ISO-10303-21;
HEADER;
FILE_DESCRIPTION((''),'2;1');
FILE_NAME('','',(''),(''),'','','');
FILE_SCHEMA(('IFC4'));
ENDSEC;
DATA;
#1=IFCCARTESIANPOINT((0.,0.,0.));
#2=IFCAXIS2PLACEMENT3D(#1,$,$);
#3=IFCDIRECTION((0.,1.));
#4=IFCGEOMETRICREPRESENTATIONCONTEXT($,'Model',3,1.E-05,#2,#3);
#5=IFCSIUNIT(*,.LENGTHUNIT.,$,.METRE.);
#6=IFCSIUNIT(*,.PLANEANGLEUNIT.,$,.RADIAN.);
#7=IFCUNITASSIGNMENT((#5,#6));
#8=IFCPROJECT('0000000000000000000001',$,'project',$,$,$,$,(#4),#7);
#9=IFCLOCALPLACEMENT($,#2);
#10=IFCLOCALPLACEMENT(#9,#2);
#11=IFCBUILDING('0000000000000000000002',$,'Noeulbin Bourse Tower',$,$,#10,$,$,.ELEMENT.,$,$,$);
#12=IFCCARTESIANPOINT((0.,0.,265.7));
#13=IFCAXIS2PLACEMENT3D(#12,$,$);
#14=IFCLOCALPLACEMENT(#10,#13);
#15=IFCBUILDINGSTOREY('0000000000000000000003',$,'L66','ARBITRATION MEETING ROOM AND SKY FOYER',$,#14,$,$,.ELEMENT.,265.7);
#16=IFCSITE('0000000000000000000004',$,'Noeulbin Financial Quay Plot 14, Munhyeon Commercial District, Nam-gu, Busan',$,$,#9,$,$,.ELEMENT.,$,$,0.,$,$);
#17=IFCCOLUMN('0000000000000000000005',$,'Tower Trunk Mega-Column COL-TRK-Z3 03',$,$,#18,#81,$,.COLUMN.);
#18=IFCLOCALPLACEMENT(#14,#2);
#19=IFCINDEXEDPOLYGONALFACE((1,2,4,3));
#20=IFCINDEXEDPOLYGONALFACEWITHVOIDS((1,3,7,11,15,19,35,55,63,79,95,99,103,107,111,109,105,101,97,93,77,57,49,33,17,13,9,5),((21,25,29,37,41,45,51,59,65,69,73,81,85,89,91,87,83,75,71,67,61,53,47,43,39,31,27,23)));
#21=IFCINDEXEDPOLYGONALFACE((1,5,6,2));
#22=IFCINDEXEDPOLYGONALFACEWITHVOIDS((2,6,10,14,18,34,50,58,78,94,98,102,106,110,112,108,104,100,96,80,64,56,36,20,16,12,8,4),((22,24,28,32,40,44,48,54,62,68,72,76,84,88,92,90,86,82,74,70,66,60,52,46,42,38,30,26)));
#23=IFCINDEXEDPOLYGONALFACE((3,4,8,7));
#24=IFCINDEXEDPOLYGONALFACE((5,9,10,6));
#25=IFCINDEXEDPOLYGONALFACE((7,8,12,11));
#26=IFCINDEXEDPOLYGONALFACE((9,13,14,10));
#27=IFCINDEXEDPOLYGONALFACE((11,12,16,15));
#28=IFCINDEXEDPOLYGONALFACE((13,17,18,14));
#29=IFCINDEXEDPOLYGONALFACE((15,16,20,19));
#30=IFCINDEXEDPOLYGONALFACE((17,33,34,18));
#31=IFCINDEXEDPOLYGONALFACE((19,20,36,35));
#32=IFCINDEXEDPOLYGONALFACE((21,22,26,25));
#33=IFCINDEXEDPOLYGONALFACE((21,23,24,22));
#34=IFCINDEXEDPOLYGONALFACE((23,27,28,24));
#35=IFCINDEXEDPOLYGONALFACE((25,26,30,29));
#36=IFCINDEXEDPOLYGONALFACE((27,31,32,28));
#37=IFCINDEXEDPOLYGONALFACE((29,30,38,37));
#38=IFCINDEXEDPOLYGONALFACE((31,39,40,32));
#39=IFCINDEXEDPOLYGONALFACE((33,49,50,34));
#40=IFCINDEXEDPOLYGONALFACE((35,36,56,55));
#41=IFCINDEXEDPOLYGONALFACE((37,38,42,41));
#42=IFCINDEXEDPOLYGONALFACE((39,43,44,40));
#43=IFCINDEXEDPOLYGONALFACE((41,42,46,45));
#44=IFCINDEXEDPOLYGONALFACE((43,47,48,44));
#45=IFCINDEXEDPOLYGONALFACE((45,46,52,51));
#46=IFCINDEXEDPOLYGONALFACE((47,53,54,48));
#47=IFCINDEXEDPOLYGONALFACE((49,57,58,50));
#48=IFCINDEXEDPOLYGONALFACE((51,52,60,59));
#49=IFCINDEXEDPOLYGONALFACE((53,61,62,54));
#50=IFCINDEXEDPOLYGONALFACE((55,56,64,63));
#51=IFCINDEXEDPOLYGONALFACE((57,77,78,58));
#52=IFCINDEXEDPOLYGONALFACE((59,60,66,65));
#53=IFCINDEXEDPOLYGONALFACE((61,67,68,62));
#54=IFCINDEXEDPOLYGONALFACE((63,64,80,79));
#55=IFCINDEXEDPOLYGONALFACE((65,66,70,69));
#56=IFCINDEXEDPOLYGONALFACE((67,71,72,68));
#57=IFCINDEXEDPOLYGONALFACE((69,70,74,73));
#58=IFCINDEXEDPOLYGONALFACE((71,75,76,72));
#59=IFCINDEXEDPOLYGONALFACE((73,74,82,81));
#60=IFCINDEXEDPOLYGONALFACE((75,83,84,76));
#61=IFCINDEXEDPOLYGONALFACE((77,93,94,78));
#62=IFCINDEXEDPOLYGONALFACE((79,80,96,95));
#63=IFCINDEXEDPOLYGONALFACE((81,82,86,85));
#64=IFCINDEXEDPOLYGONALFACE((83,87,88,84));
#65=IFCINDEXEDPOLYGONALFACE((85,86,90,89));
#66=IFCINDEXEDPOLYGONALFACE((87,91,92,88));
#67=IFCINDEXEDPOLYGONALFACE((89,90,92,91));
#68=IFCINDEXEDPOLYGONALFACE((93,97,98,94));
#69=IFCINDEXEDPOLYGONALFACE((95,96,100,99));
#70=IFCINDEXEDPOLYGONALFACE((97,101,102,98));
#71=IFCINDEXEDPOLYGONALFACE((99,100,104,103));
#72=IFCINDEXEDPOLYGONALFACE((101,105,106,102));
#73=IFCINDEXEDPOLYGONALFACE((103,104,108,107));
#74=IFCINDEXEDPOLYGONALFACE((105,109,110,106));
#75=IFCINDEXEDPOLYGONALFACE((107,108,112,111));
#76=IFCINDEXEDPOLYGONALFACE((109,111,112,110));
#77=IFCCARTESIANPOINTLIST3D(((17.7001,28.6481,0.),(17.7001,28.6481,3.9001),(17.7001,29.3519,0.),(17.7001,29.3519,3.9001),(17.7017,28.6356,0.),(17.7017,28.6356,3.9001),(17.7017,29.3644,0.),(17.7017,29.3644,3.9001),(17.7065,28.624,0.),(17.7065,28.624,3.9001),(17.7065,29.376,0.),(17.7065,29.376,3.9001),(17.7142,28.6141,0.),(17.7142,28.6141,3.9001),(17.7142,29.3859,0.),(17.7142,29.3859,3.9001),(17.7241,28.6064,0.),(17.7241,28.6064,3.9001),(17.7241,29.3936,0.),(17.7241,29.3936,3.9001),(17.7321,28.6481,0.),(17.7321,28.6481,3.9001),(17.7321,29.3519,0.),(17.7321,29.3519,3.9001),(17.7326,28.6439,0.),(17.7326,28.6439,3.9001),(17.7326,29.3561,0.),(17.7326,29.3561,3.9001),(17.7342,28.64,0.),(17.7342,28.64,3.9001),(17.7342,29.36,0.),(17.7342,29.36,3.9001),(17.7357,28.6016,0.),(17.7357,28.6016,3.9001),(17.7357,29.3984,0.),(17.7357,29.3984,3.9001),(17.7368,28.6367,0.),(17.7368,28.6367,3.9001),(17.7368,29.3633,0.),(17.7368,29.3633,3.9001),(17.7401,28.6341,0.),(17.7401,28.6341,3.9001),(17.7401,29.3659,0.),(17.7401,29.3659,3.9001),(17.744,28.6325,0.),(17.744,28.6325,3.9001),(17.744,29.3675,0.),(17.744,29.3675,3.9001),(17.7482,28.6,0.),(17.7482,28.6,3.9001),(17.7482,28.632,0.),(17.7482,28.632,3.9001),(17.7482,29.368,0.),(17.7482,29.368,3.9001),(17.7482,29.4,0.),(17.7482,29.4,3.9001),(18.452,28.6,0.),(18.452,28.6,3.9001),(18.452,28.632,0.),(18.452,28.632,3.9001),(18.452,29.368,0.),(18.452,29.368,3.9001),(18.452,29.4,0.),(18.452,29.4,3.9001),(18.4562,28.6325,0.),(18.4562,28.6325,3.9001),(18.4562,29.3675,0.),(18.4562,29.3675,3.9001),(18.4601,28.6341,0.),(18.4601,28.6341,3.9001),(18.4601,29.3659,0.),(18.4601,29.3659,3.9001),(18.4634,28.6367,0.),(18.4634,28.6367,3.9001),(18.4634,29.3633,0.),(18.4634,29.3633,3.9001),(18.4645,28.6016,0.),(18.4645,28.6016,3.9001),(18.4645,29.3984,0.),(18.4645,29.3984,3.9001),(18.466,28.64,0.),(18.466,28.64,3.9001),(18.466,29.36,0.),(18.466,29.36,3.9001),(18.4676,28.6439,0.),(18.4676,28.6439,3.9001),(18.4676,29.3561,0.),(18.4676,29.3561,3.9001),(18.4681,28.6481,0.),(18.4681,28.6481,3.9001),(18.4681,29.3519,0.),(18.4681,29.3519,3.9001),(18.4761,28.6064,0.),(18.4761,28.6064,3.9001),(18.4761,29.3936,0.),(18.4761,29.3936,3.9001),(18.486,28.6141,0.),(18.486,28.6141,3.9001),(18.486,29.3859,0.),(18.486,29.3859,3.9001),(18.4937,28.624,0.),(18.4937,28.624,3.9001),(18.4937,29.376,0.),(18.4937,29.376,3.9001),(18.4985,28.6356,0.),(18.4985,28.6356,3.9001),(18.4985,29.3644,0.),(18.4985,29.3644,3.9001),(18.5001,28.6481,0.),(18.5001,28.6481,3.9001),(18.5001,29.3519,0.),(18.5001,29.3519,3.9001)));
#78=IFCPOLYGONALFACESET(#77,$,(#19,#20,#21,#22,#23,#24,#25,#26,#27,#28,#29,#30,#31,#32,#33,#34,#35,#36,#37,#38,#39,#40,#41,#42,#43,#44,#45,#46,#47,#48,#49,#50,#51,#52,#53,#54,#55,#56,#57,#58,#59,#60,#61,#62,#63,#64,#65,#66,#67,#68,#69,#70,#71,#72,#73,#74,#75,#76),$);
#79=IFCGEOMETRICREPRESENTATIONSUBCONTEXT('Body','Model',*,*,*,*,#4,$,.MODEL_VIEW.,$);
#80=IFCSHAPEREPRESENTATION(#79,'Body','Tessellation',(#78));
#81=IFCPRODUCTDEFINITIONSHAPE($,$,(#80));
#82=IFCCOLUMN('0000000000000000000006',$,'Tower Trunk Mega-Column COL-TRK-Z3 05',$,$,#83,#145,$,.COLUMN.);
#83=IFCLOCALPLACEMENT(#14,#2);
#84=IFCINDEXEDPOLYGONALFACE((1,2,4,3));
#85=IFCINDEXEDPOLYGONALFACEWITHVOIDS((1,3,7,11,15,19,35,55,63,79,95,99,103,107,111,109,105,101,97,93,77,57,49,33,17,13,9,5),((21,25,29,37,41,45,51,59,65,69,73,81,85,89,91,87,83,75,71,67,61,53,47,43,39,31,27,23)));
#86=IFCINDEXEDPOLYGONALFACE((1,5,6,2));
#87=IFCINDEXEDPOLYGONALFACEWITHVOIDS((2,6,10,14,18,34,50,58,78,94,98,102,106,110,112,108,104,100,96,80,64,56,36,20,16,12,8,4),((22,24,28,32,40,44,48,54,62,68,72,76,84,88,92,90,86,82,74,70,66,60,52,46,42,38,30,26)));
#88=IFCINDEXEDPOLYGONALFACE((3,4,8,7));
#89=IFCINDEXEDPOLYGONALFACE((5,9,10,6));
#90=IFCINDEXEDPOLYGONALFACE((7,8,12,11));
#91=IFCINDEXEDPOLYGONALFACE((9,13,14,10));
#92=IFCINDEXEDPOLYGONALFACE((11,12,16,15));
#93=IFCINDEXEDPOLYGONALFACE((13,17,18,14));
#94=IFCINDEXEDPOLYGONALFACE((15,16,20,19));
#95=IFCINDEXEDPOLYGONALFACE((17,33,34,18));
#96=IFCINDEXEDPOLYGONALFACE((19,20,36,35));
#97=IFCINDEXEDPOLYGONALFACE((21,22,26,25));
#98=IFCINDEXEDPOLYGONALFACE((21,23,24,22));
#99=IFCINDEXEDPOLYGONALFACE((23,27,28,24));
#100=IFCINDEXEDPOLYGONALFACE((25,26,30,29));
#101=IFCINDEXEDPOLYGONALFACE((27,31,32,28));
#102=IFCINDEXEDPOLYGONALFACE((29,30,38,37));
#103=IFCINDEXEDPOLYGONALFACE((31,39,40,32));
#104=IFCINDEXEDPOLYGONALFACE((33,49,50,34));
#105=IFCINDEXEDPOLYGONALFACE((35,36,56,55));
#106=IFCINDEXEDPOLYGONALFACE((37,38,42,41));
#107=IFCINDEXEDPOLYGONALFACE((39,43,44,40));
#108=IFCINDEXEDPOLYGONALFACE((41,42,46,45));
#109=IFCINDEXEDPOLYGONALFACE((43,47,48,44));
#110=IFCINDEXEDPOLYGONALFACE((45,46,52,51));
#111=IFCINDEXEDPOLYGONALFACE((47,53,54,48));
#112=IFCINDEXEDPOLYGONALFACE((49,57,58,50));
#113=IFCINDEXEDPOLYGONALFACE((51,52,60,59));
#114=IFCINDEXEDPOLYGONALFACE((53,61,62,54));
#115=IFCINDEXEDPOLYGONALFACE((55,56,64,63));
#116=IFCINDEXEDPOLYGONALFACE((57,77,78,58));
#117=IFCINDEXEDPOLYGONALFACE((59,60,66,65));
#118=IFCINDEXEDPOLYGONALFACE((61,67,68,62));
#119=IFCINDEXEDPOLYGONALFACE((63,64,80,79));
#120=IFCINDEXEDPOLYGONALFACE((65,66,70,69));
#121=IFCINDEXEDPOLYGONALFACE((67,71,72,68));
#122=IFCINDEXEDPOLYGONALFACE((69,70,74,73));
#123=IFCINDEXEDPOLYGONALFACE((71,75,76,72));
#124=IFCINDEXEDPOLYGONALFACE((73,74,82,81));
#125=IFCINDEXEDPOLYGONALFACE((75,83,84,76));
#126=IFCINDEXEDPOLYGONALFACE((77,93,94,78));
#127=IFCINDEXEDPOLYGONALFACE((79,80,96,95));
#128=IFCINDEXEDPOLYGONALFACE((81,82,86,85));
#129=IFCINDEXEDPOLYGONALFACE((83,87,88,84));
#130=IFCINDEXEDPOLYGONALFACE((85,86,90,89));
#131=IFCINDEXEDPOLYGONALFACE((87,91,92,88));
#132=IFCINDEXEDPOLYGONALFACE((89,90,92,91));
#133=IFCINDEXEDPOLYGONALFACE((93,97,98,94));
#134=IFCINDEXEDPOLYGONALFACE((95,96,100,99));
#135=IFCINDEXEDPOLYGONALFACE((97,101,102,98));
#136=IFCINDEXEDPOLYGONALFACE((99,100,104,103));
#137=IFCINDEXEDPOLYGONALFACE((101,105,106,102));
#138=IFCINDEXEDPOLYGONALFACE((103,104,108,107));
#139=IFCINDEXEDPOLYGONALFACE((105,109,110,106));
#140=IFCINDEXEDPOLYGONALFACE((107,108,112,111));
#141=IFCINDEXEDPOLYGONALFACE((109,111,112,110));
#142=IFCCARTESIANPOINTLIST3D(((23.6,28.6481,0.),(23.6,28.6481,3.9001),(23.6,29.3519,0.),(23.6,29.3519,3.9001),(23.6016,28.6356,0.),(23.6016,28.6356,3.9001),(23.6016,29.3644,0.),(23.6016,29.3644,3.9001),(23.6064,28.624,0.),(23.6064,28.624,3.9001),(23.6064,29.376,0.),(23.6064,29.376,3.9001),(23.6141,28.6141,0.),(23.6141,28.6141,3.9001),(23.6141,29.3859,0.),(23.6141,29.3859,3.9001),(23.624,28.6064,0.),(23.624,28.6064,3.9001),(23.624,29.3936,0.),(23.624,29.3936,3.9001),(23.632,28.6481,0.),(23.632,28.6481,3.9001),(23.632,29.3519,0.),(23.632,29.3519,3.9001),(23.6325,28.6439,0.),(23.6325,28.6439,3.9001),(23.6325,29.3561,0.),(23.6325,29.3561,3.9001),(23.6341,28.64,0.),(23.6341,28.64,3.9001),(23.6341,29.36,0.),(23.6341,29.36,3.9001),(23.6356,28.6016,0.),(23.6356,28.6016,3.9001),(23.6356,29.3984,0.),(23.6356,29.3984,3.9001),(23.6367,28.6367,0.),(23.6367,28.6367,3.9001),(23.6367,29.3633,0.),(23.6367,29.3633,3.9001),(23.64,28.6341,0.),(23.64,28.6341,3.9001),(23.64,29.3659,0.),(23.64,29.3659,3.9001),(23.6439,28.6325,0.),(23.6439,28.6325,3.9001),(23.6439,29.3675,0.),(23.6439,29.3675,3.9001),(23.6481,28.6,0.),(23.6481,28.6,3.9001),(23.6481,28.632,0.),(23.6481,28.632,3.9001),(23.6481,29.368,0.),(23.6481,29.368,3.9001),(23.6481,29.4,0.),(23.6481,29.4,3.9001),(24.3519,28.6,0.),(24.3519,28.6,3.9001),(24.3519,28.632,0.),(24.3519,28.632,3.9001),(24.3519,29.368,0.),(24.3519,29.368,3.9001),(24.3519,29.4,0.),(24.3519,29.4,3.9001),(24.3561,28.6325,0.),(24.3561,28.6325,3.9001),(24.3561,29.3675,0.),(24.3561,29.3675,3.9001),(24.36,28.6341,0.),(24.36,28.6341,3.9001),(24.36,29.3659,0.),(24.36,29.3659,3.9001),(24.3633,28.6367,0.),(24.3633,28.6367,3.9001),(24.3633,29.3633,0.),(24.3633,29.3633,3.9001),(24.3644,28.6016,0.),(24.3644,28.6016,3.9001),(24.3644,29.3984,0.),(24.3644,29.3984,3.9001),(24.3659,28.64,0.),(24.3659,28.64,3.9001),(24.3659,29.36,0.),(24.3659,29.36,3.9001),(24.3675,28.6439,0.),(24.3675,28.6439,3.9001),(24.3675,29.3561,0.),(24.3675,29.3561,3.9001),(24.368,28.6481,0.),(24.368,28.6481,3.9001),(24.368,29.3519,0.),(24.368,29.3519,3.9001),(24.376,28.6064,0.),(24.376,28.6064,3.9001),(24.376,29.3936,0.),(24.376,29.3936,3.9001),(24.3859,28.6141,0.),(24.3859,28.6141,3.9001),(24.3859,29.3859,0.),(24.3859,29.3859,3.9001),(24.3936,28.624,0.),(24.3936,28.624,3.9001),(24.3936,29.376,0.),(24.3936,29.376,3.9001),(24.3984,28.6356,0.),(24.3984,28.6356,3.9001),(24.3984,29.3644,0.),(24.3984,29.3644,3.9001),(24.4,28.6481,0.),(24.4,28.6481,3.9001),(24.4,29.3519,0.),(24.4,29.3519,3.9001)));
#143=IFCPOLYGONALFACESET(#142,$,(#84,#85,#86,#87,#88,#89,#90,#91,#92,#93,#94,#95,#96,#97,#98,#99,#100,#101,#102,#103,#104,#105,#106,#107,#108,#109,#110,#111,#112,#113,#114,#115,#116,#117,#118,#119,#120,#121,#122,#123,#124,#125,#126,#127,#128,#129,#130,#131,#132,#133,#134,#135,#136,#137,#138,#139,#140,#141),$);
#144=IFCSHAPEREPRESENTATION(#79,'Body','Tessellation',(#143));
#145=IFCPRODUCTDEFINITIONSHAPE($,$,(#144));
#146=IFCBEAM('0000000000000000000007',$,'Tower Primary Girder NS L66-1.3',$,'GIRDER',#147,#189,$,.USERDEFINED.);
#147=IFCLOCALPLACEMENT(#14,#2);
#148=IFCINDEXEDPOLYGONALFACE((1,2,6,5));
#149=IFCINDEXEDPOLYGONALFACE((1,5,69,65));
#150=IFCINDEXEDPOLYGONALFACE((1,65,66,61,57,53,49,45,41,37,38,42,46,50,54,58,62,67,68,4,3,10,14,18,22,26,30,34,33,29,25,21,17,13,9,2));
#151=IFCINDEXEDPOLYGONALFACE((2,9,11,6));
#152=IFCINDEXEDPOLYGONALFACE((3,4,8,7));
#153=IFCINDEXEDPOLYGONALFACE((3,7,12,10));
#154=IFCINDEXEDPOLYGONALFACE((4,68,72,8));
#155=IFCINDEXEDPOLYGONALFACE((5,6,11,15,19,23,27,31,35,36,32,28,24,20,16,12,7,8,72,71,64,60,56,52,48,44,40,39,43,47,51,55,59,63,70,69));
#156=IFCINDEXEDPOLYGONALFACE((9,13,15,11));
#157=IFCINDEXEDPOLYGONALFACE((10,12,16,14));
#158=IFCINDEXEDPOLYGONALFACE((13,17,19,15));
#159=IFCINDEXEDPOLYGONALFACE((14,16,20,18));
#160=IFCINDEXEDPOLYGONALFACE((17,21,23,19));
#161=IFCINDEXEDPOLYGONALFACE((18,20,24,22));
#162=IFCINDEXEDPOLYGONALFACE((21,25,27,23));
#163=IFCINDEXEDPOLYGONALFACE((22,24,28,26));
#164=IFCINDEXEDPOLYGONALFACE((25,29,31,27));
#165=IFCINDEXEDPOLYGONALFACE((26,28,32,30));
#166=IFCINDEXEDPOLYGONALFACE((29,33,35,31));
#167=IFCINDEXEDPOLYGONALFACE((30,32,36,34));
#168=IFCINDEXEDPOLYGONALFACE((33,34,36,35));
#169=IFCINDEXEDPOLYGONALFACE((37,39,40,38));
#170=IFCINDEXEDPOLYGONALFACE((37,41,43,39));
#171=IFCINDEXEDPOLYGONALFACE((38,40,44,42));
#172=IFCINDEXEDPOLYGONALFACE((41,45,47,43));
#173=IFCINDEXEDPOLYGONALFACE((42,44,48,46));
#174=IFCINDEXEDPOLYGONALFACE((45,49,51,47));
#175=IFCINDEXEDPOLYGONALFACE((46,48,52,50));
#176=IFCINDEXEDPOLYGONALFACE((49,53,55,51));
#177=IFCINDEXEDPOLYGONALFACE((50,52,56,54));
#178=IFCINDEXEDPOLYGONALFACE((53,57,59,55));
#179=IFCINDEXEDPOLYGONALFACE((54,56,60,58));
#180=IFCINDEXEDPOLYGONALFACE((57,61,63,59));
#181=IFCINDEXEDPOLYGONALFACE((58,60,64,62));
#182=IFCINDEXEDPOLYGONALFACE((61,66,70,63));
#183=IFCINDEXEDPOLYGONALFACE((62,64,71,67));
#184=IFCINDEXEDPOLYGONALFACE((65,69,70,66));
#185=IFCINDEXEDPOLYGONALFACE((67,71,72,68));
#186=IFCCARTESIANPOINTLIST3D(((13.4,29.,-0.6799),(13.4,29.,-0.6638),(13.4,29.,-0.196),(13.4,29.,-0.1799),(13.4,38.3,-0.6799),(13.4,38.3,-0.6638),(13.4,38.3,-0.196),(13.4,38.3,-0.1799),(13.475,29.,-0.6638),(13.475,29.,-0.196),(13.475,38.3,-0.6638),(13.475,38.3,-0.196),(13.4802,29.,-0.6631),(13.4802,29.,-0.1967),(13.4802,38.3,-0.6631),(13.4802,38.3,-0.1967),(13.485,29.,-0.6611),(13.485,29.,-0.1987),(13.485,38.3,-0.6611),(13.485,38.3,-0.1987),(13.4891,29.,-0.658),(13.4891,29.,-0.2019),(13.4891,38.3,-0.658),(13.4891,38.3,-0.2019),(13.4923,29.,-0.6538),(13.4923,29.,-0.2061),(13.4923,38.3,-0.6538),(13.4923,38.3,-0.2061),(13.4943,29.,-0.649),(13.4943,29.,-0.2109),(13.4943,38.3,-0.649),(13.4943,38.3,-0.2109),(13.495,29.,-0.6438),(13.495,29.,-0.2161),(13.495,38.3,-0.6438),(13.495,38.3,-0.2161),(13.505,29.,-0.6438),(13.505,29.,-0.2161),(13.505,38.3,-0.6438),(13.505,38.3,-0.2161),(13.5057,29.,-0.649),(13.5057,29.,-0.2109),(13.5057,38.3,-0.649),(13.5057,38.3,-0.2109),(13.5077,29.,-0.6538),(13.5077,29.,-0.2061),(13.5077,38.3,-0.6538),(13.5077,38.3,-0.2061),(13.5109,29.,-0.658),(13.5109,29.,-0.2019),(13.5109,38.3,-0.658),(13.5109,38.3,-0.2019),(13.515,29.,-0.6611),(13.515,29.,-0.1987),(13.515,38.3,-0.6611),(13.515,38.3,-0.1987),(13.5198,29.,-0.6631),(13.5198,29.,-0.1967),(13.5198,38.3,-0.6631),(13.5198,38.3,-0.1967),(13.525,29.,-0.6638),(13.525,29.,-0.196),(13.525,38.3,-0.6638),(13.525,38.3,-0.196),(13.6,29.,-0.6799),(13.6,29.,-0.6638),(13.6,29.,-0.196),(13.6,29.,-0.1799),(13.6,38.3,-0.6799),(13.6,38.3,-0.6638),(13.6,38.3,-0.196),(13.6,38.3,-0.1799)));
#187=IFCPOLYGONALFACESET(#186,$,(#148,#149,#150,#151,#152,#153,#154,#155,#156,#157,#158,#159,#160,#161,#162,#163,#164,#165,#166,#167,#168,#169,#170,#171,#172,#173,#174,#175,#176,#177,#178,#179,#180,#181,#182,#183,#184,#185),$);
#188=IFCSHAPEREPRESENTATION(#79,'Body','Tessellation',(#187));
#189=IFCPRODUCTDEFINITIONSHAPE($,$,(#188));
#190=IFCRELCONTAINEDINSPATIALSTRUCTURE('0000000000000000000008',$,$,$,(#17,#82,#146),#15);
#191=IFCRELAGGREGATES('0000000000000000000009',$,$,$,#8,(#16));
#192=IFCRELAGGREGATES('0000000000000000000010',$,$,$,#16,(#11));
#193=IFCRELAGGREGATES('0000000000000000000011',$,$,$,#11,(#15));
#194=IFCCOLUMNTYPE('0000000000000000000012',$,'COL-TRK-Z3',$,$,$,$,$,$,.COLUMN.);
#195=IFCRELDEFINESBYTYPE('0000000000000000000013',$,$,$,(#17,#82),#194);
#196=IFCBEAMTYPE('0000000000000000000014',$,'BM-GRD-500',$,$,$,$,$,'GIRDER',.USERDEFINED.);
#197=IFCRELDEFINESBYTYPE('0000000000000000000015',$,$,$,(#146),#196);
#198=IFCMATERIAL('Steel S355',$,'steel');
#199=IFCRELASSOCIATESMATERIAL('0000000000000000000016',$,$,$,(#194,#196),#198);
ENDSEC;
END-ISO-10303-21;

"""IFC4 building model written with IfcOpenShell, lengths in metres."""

from ifc_helpers import new_model, si_unit, direction, frame, origin, origin_2d, place, context, subcontext, project, spatial, hollow_rectangle, i_section, extrude, material, material_profile, profile_set, type_object, element, save


model = new_model("IFC4")

# Units and contexts
model_context = context("Model", 3, precision=1e-05, world=origin(), true_north=direction((0.0, 1.0)))
body_context = subcontext(model_context, "Body", "Model", "MODEL_VIEW")
ifc_project = project(units=[si_unit("LENGTHUNIT", "METRE"), si_unit("PLANEANGLEUNIT", "RADIAN")], contexts=[model_context])

# Site, building, storey
site_placement = place(None, origin())
site = spatial("IfcSite", under=ifc_project, at=site_placement, Name="Noeulbin Financial Quay Plot 14, Munhyeon Commercial District, Nam-gu, Busan", CompositionType="ELEMENT", RefElevation=0.0)
building_placement = place(site_placement, origin())
building = spatial("IfcBuilding", under=site, at=building_placement, Name="Noeulbin Bourse Tower", CompositionType="ELEMENT")
storey_placement = place(building_placement, frame((0.0, 0.0, 265.7)))
storey = spatial("IfcBuildingStorey", under=building, at=storey_placement, Name="L66", Description="ARBITRATION MEETING ROOM AND SKY FOYER", CompositionType="ELEMENT", Elevation=265.7)

# Columns
ifc_material_1 = material(Name="Steel S355", Category="steel")
ifc_material_profile_1 = material_profile(ifc_material_1, hollow_rectangle(XDim=0.8, YDim=0.8, WallThickness=0.032, InnerFilletRadius=0.0161, OuterFilletRadius=0.0481, at=origin_2d()), Name="BOX-800x800x32", Category="LoadBearing")
ifc_profile_set_1 = profile_set([ifc_material_profile_1], Name="Steel S355")
column_type = type_object("IfcColumnType", Name="COL-TRK-Z3", PredefinedType="COLUMN", material=ifc_profile_set_1)
for number, where, z_axis, x_axis, name in (
    (1, (18.1001, 29.0, 0.0), (0.0, 0.0, 1.0), (1.0, 0.0, 0.0), "Tower Trunk Mega-Column COL-TRK-Z3 03"),
    (2, (24.0, 29.0, 0.0), (0.0, 0.0, 1.0), (1.0, 0.0, 0.0), "Tower Trunk Mega-Column COL-TRK-Z3 05"),
):
    element("IfcColumn", number, at=place(storey_placement, frame(where, z_axis=z_axis, x_axis=x_axis)), inside=storey, type_object=column_type, Name=name, PredefinedType="COLUMN", context=body_context, shape_type="SweptSolid", body=[
        extrude(hollow_rectangle(XDim=0.8, YDim=0.8, WallThickness=0.032, InnerFilletRadius=0.0161, OuterFilletRadius=0.0481, at=origin_2d()), origin(), (0.0, 0.0, 1.0), 3.9001),
    ])

# Beam
ifc_material_profile_2 = material_profile(ifc_material_1, i_section(OverallWidth=0.2, OverallDepth=0.5, WebThickness=0.01, FlangeThickness=0.0161, FilletRadius=0.02, at=origin_2d()), Name="H-500x200x10x16", Category="LoadBearing")
ifc_profile_set_2 = profile_set([ifc_material_profile_2], Name="Steel S355")
beam_type_1 = type_object("IfcBeamType", Name="BM-GRD-500", ElementType="GIRDER", PredefinedType="USERDEFINED", material=ifc_profile_set_2)
beam_placement = place(storey_placement, frame((13.5, 29.0, -0.4299), z_axis=(0.0, 1.0, 0.0), x_axis=(-1.0, 0.0, 0.0)))
element("IfcBeam", 3, at=beam_placement, inside=storey, type_object=beam_type_1, Name="Tower Primary Girder NS L66-1.3", ObjectType="GIRDER", PredefinedType="USERDEFINED", context=body_context, shape_type="SweptSolid", body=[
    extrude(i_section(OverallWidth=0.2, OverallDepth=0.5, WebThickness=0.01, FlangeThickness=0.0161, FilletRadius=0.02, at=origin_2d()), origin(), (0.0, 0.0, 1.0), 9.3),
])

save(model, "model.ifc")
